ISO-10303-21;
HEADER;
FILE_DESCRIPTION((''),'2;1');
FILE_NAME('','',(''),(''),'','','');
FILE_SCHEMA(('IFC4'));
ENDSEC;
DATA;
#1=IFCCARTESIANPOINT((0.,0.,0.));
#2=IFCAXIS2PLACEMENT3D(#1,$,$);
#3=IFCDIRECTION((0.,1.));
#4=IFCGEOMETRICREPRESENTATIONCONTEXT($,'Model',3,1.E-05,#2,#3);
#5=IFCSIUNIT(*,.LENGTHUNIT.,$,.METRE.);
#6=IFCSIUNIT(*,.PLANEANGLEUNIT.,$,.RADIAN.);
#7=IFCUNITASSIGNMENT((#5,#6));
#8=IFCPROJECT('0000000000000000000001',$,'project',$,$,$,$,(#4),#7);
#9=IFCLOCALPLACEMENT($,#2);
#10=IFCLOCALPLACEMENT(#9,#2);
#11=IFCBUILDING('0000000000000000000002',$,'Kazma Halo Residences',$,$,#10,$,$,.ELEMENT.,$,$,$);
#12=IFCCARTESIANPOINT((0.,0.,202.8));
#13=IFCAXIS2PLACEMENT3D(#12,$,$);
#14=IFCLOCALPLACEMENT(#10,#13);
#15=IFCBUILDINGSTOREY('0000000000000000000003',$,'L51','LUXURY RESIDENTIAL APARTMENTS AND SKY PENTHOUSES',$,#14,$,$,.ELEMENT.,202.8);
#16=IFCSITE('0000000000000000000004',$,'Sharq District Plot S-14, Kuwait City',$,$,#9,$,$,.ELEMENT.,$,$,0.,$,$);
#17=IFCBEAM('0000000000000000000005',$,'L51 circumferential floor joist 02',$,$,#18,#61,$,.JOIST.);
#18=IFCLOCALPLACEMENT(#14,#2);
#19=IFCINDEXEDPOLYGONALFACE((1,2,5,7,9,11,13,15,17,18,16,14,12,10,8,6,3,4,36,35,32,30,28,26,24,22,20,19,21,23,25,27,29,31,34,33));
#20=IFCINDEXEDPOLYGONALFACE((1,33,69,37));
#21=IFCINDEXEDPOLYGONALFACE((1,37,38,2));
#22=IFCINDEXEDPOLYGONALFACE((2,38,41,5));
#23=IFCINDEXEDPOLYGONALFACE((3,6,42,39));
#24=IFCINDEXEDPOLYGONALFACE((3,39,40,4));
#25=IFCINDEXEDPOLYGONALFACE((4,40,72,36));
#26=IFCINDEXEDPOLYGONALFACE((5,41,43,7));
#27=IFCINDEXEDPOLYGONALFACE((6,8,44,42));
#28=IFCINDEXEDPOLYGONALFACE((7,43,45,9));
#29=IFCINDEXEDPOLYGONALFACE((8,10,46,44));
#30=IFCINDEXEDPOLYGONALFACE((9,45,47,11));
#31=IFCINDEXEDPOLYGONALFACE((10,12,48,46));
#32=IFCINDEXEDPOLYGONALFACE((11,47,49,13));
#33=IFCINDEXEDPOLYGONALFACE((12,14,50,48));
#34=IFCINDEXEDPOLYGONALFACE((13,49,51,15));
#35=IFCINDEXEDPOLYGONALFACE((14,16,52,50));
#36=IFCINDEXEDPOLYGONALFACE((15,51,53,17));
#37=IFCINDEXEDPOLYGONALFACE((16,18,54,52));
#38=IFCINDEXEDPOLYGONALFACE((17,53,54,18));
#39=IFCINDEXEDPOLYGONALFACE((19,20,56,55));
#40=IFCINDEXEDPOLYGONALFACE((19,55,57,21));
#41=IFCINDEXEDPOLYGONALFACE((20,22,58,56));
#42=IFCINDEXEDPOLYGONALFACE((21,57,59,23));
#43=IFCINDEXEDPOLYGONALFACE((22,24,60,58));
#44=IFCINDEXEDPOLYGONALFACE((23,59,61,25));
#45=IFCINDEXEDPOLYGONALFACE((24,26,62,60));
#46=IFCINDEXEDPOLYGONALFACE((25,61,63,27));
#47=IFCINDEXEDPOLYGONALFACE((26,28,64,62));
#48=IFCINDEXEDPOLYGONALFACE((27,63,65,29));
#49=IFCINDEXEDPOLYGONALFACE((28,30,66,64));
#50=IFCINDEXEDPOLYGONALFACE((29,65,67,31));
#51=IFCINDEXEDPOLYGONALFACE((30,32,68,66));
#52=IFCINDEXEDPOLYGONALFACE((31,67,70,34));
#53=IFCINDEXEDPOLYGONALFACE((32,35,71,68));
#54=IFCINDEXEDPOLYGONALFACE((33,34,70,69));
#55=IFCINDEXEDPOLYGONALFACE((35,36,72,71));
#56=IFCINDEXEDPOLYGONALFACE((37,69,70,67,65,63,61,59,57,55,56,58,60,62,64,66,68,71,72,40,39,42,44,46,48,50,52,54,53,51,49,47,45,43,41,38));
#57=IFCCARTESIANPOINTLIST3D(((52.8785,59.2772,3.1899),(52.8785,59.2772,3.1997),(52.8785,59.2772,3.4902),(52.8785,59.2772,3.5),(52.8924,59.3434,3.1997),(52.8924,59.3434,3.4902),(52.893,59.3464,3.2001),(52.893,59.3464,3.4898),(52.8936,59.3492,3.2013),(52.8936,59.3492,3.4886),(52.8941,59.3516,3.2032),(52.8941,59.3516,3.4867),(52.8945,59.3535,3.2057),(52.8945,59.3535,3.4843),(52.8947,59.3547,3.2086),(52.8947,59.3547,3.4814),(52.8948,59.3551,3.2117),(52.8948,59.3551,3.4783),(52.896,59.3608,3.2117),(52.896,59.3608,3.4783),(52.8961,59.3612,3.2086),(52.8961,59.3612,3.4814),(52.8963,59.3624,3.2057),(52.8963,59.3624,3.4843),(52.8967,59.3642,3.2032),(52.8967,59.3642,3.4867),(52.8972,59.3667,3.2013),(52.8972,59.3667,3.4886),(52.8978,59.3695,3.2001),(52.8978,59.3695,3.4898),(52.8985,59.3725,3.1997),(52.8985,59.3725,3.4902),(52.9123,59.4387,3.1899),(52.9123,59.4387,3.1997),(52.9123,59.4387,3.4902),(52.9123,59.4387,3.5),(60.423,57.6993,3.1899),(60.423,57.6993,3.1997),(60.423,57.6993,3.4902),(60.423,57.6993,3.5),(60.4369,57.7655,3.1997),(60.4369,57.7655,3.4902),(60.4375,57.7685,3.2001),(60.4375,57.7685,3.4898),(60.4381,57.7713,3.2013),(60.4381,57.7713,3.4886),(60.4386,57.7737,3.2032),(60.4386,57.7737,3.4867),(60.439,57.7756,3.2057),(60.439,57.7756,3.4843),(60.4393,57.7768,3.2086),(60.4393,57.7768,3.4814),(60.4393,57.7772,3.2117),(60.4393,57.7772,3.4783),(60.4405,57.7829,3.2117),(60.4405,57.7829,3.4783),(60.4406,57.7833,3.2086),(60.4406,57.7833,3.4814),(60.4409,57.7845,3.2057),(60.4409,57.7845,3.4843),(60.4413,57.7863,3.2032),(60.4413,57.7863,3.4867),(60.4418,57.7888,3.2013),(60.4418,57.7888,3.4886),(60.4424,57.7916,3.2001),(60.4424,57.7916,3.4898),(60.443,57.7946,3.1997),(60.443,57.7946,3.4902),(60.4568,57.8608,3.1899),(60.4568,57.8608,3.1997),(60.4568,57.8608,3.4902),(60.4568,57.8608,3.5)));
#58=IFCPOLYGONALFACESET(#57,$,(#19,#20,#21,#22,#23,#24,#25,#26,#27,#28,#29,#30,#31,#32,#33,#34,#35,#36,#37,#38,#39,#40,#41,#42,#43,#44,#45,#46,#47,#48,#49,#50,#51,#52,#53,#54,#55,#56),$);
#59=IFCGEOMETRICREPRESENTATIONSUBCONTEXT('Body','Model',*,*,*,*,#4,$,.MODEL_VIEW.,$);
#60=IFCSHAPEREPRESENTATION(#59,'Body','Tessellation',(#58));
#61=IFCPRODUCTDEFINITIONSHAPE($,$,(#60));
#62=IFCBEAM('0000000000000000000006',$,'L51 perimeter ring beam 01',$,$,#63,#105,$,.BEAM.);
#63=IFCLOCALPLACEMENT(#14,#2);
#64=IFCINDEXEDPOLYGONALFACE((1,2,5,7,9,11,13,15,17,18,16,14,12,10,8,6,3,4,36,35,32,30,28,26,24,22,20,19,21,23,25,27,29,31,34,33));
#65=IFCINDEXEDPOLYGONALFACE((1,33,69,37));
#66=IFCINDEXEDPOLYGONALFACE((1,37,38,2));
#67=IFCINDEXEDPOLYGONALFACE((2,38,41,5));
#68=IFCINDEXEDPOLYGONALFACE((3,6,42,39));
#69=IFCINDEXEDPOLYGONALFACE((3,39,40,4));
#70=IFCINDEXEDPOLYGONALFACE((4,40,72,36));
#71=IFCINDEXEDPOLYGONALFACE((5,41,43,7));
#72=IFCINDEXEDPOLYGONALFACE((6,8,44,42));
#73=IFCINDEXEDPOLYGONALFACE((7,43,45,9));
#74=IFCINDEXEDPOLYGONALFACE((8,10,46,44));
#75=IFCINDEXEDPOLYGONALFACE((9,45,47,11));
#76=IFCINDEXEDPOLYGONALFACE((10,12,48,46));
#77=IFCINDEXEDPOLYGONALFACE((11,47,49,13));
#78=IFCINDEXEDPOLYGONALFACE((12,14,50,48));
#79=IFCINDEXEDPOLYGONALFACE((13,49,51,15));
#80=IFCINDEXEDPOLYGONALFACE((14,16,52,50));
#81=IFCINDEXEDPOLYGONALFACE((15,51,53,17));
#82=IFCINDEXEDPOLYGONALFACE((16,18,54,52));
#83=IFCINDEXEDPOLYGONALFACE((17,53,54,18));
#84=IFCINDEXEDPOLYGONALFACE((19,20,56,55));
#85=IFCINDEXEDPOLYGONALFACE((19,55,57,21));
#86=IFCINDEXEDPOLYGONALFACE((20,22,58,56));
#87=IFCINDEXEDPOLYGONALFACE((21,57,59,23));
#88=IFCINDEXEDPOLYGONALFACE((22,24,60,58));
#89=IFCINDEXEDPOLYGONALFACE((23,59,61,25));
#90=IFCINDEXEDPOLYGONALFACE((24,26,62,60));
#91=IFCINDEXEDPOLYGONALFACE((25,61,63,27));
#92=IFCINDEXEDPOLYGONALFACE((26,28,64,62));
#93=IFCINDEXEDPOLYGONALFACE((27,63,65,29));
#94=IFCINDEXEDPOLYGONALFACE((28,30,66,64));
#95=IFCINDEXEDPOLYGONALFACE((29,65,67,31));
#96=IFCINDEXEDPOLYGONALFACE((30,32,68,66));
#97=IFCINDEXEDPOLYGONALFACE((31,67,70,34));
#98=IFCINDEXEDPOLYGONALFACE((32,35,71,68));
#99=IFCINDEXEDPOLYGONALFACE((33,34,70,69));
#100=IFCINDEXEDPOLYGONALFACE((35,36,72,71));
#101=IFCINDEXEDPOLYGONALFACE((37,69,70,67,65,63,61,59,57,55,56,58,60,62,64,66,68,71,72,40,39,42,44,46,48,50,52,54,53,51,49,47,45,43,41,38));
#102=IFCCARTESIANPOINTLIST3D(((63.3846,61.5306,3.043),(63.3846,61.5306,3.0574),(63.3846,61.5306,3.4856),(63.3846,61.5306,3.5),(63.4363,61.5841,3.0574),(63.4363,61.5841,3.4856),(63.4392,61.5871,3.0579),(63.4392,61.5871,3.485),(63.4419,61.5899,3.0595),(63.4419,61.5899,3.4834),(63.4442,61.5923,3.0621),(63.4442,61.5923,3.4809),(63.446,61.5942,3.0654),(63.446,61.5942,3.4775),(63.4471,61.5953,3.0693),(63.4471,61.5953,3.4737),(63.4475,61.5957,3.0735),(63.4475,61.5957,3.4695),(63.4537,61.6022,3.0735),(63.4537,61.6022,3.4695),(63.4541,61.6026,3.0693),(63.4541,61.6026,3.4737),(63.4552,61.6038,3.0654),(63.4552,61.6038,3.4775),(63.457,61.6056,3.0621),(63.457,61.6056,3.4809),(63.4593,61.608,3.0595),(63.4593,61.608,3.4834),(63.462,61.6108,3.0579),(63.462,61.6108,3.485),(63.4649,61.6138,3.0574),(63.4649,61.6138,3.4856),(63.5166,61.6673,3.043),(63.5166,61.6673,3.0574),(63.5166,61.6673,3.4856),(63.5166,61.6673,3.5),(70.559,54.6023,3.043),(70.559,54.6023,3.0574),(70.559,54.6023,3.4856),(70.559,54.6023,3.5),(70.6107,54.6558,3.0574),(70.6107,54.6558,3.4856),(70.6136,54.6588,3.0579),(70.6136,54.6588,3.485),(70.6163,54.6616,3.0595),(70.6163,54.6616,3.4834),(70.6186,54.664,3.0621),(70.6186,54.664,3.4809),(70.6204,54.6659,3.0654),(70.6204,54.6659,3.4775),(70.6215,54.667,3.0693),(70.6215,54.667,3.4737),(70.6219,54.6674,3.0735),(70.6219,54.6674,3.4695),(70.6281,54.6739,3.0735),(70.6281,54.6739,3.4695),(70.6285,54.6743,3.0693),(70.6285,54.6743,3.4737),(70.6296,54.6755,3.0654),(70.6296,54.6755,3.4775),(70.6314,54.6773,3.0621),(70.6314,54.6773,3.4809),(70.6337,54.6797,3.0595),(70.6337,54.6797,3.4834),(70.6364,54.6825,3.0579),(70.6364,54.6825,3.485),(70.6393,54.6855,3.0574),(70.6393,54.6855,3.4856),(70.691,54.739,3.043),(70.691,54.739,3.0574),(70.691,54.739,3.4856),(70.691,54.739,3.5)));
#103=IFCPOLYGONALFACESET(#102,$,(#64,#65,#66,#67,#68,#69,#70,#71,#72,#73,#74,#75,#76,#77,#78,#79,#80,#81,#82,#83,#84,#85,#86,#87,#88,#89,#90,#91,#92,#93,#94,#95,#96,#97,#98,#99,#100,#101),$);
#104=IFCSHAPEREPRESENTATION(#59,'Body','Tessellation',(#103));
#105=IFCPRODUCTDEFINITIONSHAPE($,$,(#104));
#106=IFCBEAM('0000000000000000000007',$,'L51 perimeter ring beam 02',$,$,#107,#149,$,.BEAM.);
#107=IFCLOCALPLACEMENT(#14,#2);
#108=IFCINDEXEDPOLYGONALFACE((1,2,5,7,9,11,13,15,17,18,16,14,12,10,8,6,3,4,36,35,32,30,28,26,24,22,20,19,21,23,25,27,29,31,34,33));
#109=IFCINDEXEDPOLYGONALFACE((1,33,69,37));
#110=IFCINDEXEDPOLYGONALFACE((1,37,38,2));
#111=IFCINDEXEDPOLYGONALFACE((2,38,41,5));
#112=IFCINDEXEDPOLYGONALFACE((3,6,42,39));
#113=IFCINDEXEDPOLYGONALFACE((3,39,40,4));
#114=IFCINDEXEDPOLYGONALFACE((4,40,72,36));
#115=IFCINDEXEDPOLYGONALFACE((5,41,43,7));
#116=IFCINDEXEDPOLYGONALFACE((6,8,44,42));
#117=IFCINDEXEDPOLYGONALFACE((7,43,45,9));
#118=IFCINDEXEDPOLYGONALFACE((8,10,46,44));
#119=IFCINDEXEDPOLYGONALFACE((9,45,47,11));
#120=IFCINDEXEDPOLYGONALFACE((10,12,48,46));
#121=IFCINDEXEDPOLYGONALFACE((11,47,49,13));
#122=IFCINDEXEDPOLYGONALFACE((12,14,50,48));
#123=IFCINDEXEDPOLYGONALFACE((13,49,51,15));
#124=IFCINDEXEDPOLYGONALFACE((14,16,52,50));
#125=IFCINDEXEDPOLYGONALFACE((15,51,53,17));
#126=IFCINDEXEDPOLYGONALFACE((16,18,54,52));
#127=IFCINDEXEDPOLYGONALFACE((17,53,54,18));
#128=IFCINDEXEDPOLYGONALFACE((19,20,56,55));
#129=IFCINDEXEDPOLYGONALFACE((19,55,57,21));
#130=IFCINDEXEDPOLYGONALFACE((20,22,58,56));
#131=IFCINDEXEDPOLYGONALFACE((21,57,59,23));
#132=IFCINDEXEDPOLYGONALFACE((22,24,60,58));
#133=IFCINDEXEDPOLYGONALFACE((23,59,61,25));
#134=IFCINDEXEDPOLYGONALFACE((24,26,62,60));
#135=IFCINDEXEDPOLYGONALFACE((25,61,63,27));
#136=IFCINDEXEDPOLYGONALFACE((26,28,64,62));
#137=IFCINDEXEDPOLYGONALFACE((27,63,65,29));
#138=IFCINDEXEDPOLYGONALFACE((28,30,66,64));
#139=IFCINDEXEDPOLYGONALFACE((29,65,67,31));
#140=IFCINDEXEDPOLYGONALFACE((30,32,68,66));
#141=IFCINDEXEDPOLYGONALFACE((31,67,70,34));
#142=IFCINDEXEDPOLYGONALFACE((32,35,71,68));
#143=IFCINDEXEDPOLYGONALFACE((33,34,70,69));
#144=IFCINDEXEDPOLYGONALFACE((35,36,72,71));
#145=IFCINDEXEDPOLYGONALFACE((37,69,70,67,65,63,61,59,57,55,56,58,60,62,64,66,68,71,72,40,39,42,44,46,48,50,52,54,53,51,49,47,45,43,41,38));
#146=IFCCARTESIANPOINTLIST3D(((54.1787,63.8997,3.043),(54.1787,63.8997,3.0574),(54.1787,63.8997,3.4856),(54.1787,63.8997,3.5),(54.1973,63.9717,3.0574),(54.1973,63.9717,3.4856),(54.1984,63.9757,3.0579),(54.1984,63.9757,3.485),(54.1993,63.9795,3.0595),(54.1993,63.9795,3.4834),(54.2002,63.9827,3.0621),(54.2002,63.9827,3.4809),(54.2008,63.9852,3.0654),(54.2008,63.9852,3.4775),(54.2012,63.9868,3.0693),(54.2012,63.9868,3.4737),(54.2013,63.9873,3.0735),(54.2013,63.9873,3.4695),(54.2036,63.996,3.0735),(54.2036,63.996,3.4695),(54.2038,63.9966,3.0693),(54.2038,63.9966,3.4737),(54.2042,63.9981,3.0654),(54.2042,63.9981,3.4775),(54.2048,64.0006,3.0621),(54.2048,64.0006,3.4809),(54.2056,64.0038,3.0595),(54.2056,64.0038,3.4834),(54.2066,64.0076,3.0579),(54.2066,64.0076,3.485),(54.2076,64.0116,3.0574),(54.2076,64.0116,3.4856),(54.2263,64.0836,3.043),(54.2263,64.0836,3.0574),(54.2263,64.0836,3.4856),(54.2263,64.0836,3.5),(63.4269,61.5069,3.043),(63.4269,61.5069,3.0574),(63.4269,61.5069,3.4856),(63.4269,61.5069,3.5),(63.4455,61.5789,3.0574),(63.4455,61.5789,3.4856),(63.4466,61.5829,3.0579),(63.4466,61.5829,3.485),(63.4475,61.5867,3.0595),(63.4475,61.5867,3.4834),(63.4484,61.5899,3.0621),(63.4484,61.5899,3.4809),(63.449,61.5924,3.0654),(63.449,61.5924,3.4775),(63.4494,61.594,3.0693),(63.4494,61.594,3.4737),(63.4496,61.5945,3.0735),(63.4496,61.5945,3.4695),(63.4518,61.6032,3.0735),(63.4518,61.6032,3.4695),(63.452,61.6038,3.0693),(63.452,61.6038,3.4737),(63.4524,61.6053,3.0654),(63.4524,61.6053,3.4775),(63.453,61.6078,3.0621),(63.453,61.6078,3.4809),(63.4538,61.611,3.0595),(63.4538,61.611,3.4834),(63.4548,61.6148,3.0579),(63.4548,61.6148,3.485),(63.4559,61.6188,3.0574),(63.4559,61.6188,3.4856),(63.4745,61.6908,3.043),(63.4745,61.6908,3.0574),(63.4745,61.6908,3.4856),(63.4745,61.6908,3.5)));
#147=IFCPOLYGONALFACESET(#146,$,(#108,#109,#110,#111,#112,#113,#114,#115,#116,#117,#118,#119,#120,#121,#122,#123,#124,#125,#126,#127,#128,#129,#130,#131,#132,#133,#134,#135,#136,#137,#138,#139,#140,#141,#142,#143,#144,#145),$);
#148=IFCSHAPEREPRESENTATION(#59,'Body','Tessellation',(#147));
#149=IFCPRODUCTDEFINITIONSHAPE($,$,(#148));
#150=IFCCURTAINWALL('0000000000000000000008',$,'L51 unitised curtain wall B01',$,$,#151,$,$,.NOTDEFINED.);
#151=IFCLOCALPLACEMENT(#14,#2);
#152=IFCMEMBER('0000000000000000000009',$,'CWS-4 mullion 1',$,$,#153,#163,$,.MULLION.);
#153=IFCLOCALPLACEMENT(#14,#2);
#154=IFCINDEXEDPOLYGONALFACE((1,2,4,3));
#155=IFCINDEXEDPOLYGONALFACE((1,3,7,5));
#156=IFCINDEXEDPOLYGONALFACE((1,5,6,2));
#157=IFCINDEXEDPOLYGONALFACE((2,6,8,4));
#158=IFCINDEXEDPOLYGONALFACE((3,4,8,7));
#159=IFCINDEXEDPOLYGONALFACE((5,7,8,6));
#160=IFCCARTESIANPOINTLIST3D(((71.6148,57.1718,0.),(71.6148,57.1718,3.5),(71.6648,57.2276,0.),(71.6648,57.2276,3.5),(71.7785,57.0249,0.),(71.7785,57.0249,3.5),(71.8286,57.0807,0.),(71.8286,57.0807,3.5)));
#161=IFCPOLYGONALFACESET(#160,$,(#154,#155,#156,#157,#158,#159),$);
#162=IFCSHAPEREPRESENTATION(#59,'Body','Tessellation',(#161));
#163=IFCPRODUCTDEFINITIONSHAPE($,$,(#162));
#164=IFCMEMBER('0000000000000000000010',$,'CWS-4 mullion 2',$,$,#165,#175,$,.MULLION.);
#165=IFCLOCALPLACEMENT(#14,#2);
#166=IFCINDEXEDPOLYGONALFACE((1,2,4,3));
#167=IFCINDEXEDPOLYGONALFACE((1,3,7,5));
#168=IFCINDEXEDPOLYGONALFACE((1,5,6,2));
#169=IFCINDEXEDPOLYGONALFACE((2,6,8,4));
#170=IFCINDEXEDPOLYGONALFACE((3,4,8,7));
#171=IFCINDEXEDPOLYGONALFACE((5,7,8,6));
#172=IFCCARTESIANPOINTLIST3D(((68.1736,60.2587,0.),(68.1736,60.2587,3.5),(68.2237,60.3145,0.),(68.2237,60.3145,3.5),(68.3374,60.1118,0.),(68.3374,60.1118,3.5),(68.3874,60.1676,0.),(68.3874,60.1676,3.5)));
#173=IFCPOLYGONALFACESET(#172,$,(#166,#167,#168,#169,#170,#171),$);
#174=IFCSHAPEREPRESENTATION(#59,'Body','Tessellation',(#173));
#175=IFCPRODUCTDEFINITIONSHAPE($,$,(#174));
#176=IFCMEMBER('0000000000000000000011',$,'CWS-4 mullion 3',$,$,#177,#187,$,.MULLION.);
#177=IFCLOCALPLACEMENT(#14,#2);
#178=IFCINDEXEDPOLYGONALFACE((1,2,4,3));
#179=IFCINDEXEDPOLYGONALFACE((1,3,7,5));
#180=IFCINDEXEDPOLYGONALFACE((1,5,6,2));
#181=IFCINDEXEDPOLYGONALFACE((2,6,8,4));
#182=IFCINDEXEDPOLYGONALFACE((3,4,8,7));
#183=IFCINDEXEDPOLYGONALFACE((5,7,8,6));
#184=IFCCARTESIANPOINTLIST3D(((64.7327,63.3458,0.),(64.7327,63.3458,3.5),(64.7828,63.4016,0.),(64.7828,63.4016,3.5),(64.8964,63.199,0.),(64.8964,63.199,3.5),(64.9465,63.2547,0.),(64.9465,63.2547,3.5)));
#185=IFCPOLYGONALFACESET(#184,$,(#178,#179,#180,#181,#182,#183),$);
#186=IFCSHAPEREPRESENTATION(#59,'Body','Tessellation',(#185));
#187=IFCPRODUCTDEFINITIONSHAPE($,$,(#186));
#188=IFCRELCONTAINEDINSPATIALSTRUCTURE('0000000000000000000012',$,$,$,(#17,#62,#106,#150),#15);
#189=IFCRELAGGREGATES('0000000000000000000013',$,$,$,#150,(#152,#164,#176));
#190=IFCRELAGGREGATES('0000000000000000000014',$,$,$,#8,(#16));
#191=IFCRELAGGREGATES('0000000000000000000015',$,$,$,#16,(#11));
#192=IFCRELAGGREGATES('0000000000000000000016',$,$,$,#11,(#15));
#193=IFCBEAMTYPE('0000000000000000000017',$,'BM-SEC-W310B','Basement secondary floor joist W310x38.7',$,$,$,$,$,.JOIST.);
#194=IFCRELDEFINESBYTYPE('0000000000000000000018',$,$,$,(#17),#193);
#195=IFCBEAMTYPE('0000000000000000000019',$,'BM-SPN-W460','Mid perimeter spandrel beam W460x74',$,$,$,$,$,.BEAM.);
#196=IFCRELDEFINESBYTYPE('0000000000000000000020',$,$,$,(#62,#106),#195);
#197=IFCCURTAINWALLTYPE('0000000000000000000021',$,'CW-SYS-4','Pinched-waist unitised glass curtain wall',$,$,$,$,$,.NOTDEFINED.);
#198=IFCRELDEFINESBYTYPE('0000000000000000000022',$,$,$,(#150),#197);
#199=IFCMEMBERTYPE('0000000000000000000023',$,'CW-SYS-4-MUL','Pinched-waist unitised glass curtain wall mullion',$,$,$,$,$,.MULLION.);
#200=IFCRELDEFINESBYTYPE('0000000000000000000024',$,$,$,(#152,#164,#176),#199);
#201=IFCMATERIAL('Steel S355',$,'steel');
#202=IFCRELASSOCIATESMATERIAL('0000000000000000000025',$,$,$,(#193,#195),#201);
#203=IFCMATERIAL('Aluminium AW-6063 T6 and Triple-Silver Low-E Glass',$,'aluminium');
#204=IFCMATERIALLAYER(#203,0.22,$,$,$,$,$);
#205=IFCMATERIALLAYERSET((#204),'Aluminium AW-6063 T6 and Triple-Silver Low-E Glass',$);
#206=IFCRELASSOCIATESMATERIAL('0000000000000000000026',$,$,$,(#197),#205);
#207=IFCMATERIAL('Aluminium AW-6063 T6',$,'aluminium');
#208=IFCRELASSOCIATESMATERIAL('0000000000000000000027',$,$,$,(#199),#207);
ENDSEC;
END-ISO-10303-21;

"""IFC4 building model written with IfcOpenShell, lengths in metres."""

from ifc_helpers import new_model, si_unit, direction, frame, origin, origin_2d, place, context, subcontext, project, spatial, rectangle, i_section, extrude, material, layer, layer_set, material_profile, profile_set, type_object, element, aggregate, save


model = new_model("IFC4")

# Units and contexts
model_context = context("Model", 3, precision=1e-05, world=origin(), true_north=direction((0.0, 1.0)))
body_context = subcontext(model_context, "Body", "Model", "MODEL_VIEW")
ifc_project = project(units=[si_unit("LENGTHUNIT", "METRE"), si_unit("PLANEANGLEUNIT", "RADIAN")], contexts=[model_context])

# Site, building, storey
site_placement = place(None, origin())
site = spatial("IfcSite", under=ifc_project, at=site_placement, Name="Sharq District Plot S-14, Kuwait City", CompositionType="ELEMENT", RefElevation=0.0)
building_placement = place(site_placement, origin())
building = spatial("IfcBuilding", under=site, at=building_placement, Name="Kazma Halo Residences", CompositionType="ELEMENT")
storey_placement = place(building_placement, frame((0.0, 0.0, 202.8)))
storey = spatial("IfcBuildingStorey", under=building, at=storey_placement, Name="L51", Description="LUXURY RESIDENTIAL APARTMENTS AND SKY PENTHOUSES", CompositionType="ELEMENT", Elevation=202.8)

# Beams
ifc_material_1 = material(Name="Steel S355", Category="steel")
ifc_material_profile_1 = material_profile(ifc_material_1, i_section(OverallWidth=0.165, OverallDepth=0.3101, WebThickness=0.0059, FlangeThickness=0.0098, FilletRadius=0.012, at=origin_2d()), Name="W310x38.7")
ifc_profile_set_1 = profile_set([ifc_material_profile_1], Name="Steel S355")
beam_type_1 = type_object("IfcBeamType", Name="BM-SEC-W310B", Description="Basement secondary floor joist W310x38.7", PredefinedType="JOIST", material=ifc_profile_set_1)
beam_1_placement = place(storey_placement, frame((60.4399, 57.78, 3.345), z_axis=(-0.978821, 0.204716, 0.0), x_axis=(-0.204716, -0.978821, 0.0)))
element("IfcBeam", 1, at=beam_1_placement, inside=storey, type_object=beam_type_1, Name="L51 circumferential floor joist 02", PredefinedType="JOIST", context=body_context, shape_type="SweptSolid", body=[
    extrude(i_section(OverallWidth=0.165, OverallDepth=0.3101, WebThickness=0.0059, FlangeThickness=0.0098, FilletRadius=0.012, at=origin_2d()), origin(), (0.0, 0.0, 1.0), 7.7078),
])
ifc_material_profile_2 = material_profile(ifc_material_1, i_section(OverallWidth=0.1899, OverallDepth=0.457, WebThickness=0.009, FlangeThickness=0.0144, FilletRadius=0.0161, at=origin_2d()), Name="W460x74")
ifc_profile_set_2 = profile_set([ifc_material_profile_2], Name="Steel S355")
beam_type_2 = type_object("IfcBeamType", Name="BM-SPN-W460", Description="Mid perimeter spandrel beam W460x74", PredefinedType="BEAM", material=ifc_profile_set_2)
beam_2_placement = place(storey_placement, frame((70.625, 54.6707, 3.2715), z_axis=(-0.719337, 0.694662, 0.0), x_axis=(-0.694662, -0.719337, 0.0)))
element("IfcBeam", 2, at=beam_2_placement, inside=storey, type_object=beam_type_2, Name="L51 perimeter ring beam 01", PredefinedType="BEAM", context=body_context, shape_type="SweptSolid", body=[
    extrude(i_section(OverallWidth=0.1899, OverallDepth=0.457, WebThickness=0.009, FlangeThickness=0.0144, FilletRadius=0.0161, at=origin_2d()), origin(), (0.0, 0.0, 1.0), 9.9736),
])
beam_3_placement = place(storey_placement, frame((63.4507, 61.5989, 3.2715), z_axis=(-0.968121, 0.250483, 0.0), x_axis=(-0.250483, -0.968121, 0.0)))
element("IfcBeam", 3, at=beam_3_placement, inside=storey, type_object=beam_type_2, Name="L51 perimeter ring beam 02", PredefinedType="BEAM", context=body_context, shape_type="SweptSolid", body=[
    extrude(i_section(OverallWidth=0.1899, OverallDepth=0.457, WebThickness=0.009, FlangeThickness=0.0144, FilletRadius=0.0161, at=origin_2d()), origin(), (0.0, 0.0, 1.0), 9.5527),
])

# Curtain wall, members
ifc_material_2 = material(Name="Aluminium AW-6063 T6 and Triple-Silver Low-E Glass", Category="aluminium")
ifc_layer_1 = layer(ifc_material_2, 0.22)
ifc_layer_set_1 = layer_set([ifc_layer_1], Name="Aluminium AW-6063 T6 and Triple-Silver Low-E Glass")
curtain_wall_type = type_object("IfcCurtainWallType", Name="CW-SYS-4", Description="Pinched-waist unitised glass curtain wall", PredefinedType="NOTDEFINED", material=ifc_layer_set_1)
curtain_wall_1_placement = place(storey_placement, origin())
curtain_wall_1 = element("IfcCurtainWall", 4, at=curtain_wall_1_placement, inside=storey, type_object=curtain_wall_type, Name="L51 unitised curtain wall B01", PredefinedType="NOTDEFINED")
ifc_material_3 = material(Name="Aluminium AW-6063 T6", Category="aluminium")
ifc_material_profile_3 = material_profile(ifc_material_3, rectangle(XDim=0.075, YDim=0.22, at=origin_2d()), Name="CWM-75x220")
ifc_profile_set_3 = profile_set([ifc_material_profile_3], Name="Aluminium AW-6063 T6")
member_type_1 = type_object("IfcMemberType", Name="CW-SYS-4-MUL", Description="Pinched-waist unitised glass curtain wall mullion", PredefinedType="MULLION", material=ifc_profile_set_3)
member_1_placement = place(storey_placement, frame((71.7217, 57.1262, 0.0), z_axis=(0.0, 0.0, 1.0), x_axis=(-0.667784, -0.744355, 0.0)))
member_1 = element("IfcMember", 5, at=member_1_placement, type_object=member_type_1, Name="CWS-4 mullion 1", PredefinedType="MULLION", context=body_context, shape_type="SweptSolid", body=[
    extrude(rectangle(XDim=0.075, YDim=0.22, at=origin_2d()), origin(), (0.0, 0.0, 1.0), 3.5),
])
member_2_placement = place(storey_placement, frame((68.2805, 60.2131, 0.0), z_axis=(0.0, 0.0, 1.0), x_axis=(-0.667784, -0.744355, 0.0)))
member_2 = element("IfcMember", 6, at=member_2_placement, type_object=member_type_1, Name="CWS-4 mullion 2", PredefinedType="MULLION", context=body_context, shape_type="SweptSolid", body=[
    extrude(rectangle(XDim=0.075, YDim=0.22, at=origin_2d()), origin(), (0.0, 0.0, 1.0), 3.5),
])
member_3_placement = place(storey_placement, frame((64.8396, 63.3003, 0.0), z_axis=(0.0, 0.0, 1.0), x_axis=(-0.667784, -0.744355, 0.0)))
member_3 = element("IfcMember", 7, at=member_3_placement, type_object=member_type_1, Name="CWS-4 mullion 3", PredefinedType="MULLION", context=body_context, shape_type="SweptSolid", body=[
    extrude(rectangle(XDim=0.075, YDim=0.22, at=origin_2d()), origin(), (0.0, 0.0, 1.0), 3.5),
])

aggregate(curtain_wall_1, [member_1, member_2, member_3])

save(model, "model.ifc")
